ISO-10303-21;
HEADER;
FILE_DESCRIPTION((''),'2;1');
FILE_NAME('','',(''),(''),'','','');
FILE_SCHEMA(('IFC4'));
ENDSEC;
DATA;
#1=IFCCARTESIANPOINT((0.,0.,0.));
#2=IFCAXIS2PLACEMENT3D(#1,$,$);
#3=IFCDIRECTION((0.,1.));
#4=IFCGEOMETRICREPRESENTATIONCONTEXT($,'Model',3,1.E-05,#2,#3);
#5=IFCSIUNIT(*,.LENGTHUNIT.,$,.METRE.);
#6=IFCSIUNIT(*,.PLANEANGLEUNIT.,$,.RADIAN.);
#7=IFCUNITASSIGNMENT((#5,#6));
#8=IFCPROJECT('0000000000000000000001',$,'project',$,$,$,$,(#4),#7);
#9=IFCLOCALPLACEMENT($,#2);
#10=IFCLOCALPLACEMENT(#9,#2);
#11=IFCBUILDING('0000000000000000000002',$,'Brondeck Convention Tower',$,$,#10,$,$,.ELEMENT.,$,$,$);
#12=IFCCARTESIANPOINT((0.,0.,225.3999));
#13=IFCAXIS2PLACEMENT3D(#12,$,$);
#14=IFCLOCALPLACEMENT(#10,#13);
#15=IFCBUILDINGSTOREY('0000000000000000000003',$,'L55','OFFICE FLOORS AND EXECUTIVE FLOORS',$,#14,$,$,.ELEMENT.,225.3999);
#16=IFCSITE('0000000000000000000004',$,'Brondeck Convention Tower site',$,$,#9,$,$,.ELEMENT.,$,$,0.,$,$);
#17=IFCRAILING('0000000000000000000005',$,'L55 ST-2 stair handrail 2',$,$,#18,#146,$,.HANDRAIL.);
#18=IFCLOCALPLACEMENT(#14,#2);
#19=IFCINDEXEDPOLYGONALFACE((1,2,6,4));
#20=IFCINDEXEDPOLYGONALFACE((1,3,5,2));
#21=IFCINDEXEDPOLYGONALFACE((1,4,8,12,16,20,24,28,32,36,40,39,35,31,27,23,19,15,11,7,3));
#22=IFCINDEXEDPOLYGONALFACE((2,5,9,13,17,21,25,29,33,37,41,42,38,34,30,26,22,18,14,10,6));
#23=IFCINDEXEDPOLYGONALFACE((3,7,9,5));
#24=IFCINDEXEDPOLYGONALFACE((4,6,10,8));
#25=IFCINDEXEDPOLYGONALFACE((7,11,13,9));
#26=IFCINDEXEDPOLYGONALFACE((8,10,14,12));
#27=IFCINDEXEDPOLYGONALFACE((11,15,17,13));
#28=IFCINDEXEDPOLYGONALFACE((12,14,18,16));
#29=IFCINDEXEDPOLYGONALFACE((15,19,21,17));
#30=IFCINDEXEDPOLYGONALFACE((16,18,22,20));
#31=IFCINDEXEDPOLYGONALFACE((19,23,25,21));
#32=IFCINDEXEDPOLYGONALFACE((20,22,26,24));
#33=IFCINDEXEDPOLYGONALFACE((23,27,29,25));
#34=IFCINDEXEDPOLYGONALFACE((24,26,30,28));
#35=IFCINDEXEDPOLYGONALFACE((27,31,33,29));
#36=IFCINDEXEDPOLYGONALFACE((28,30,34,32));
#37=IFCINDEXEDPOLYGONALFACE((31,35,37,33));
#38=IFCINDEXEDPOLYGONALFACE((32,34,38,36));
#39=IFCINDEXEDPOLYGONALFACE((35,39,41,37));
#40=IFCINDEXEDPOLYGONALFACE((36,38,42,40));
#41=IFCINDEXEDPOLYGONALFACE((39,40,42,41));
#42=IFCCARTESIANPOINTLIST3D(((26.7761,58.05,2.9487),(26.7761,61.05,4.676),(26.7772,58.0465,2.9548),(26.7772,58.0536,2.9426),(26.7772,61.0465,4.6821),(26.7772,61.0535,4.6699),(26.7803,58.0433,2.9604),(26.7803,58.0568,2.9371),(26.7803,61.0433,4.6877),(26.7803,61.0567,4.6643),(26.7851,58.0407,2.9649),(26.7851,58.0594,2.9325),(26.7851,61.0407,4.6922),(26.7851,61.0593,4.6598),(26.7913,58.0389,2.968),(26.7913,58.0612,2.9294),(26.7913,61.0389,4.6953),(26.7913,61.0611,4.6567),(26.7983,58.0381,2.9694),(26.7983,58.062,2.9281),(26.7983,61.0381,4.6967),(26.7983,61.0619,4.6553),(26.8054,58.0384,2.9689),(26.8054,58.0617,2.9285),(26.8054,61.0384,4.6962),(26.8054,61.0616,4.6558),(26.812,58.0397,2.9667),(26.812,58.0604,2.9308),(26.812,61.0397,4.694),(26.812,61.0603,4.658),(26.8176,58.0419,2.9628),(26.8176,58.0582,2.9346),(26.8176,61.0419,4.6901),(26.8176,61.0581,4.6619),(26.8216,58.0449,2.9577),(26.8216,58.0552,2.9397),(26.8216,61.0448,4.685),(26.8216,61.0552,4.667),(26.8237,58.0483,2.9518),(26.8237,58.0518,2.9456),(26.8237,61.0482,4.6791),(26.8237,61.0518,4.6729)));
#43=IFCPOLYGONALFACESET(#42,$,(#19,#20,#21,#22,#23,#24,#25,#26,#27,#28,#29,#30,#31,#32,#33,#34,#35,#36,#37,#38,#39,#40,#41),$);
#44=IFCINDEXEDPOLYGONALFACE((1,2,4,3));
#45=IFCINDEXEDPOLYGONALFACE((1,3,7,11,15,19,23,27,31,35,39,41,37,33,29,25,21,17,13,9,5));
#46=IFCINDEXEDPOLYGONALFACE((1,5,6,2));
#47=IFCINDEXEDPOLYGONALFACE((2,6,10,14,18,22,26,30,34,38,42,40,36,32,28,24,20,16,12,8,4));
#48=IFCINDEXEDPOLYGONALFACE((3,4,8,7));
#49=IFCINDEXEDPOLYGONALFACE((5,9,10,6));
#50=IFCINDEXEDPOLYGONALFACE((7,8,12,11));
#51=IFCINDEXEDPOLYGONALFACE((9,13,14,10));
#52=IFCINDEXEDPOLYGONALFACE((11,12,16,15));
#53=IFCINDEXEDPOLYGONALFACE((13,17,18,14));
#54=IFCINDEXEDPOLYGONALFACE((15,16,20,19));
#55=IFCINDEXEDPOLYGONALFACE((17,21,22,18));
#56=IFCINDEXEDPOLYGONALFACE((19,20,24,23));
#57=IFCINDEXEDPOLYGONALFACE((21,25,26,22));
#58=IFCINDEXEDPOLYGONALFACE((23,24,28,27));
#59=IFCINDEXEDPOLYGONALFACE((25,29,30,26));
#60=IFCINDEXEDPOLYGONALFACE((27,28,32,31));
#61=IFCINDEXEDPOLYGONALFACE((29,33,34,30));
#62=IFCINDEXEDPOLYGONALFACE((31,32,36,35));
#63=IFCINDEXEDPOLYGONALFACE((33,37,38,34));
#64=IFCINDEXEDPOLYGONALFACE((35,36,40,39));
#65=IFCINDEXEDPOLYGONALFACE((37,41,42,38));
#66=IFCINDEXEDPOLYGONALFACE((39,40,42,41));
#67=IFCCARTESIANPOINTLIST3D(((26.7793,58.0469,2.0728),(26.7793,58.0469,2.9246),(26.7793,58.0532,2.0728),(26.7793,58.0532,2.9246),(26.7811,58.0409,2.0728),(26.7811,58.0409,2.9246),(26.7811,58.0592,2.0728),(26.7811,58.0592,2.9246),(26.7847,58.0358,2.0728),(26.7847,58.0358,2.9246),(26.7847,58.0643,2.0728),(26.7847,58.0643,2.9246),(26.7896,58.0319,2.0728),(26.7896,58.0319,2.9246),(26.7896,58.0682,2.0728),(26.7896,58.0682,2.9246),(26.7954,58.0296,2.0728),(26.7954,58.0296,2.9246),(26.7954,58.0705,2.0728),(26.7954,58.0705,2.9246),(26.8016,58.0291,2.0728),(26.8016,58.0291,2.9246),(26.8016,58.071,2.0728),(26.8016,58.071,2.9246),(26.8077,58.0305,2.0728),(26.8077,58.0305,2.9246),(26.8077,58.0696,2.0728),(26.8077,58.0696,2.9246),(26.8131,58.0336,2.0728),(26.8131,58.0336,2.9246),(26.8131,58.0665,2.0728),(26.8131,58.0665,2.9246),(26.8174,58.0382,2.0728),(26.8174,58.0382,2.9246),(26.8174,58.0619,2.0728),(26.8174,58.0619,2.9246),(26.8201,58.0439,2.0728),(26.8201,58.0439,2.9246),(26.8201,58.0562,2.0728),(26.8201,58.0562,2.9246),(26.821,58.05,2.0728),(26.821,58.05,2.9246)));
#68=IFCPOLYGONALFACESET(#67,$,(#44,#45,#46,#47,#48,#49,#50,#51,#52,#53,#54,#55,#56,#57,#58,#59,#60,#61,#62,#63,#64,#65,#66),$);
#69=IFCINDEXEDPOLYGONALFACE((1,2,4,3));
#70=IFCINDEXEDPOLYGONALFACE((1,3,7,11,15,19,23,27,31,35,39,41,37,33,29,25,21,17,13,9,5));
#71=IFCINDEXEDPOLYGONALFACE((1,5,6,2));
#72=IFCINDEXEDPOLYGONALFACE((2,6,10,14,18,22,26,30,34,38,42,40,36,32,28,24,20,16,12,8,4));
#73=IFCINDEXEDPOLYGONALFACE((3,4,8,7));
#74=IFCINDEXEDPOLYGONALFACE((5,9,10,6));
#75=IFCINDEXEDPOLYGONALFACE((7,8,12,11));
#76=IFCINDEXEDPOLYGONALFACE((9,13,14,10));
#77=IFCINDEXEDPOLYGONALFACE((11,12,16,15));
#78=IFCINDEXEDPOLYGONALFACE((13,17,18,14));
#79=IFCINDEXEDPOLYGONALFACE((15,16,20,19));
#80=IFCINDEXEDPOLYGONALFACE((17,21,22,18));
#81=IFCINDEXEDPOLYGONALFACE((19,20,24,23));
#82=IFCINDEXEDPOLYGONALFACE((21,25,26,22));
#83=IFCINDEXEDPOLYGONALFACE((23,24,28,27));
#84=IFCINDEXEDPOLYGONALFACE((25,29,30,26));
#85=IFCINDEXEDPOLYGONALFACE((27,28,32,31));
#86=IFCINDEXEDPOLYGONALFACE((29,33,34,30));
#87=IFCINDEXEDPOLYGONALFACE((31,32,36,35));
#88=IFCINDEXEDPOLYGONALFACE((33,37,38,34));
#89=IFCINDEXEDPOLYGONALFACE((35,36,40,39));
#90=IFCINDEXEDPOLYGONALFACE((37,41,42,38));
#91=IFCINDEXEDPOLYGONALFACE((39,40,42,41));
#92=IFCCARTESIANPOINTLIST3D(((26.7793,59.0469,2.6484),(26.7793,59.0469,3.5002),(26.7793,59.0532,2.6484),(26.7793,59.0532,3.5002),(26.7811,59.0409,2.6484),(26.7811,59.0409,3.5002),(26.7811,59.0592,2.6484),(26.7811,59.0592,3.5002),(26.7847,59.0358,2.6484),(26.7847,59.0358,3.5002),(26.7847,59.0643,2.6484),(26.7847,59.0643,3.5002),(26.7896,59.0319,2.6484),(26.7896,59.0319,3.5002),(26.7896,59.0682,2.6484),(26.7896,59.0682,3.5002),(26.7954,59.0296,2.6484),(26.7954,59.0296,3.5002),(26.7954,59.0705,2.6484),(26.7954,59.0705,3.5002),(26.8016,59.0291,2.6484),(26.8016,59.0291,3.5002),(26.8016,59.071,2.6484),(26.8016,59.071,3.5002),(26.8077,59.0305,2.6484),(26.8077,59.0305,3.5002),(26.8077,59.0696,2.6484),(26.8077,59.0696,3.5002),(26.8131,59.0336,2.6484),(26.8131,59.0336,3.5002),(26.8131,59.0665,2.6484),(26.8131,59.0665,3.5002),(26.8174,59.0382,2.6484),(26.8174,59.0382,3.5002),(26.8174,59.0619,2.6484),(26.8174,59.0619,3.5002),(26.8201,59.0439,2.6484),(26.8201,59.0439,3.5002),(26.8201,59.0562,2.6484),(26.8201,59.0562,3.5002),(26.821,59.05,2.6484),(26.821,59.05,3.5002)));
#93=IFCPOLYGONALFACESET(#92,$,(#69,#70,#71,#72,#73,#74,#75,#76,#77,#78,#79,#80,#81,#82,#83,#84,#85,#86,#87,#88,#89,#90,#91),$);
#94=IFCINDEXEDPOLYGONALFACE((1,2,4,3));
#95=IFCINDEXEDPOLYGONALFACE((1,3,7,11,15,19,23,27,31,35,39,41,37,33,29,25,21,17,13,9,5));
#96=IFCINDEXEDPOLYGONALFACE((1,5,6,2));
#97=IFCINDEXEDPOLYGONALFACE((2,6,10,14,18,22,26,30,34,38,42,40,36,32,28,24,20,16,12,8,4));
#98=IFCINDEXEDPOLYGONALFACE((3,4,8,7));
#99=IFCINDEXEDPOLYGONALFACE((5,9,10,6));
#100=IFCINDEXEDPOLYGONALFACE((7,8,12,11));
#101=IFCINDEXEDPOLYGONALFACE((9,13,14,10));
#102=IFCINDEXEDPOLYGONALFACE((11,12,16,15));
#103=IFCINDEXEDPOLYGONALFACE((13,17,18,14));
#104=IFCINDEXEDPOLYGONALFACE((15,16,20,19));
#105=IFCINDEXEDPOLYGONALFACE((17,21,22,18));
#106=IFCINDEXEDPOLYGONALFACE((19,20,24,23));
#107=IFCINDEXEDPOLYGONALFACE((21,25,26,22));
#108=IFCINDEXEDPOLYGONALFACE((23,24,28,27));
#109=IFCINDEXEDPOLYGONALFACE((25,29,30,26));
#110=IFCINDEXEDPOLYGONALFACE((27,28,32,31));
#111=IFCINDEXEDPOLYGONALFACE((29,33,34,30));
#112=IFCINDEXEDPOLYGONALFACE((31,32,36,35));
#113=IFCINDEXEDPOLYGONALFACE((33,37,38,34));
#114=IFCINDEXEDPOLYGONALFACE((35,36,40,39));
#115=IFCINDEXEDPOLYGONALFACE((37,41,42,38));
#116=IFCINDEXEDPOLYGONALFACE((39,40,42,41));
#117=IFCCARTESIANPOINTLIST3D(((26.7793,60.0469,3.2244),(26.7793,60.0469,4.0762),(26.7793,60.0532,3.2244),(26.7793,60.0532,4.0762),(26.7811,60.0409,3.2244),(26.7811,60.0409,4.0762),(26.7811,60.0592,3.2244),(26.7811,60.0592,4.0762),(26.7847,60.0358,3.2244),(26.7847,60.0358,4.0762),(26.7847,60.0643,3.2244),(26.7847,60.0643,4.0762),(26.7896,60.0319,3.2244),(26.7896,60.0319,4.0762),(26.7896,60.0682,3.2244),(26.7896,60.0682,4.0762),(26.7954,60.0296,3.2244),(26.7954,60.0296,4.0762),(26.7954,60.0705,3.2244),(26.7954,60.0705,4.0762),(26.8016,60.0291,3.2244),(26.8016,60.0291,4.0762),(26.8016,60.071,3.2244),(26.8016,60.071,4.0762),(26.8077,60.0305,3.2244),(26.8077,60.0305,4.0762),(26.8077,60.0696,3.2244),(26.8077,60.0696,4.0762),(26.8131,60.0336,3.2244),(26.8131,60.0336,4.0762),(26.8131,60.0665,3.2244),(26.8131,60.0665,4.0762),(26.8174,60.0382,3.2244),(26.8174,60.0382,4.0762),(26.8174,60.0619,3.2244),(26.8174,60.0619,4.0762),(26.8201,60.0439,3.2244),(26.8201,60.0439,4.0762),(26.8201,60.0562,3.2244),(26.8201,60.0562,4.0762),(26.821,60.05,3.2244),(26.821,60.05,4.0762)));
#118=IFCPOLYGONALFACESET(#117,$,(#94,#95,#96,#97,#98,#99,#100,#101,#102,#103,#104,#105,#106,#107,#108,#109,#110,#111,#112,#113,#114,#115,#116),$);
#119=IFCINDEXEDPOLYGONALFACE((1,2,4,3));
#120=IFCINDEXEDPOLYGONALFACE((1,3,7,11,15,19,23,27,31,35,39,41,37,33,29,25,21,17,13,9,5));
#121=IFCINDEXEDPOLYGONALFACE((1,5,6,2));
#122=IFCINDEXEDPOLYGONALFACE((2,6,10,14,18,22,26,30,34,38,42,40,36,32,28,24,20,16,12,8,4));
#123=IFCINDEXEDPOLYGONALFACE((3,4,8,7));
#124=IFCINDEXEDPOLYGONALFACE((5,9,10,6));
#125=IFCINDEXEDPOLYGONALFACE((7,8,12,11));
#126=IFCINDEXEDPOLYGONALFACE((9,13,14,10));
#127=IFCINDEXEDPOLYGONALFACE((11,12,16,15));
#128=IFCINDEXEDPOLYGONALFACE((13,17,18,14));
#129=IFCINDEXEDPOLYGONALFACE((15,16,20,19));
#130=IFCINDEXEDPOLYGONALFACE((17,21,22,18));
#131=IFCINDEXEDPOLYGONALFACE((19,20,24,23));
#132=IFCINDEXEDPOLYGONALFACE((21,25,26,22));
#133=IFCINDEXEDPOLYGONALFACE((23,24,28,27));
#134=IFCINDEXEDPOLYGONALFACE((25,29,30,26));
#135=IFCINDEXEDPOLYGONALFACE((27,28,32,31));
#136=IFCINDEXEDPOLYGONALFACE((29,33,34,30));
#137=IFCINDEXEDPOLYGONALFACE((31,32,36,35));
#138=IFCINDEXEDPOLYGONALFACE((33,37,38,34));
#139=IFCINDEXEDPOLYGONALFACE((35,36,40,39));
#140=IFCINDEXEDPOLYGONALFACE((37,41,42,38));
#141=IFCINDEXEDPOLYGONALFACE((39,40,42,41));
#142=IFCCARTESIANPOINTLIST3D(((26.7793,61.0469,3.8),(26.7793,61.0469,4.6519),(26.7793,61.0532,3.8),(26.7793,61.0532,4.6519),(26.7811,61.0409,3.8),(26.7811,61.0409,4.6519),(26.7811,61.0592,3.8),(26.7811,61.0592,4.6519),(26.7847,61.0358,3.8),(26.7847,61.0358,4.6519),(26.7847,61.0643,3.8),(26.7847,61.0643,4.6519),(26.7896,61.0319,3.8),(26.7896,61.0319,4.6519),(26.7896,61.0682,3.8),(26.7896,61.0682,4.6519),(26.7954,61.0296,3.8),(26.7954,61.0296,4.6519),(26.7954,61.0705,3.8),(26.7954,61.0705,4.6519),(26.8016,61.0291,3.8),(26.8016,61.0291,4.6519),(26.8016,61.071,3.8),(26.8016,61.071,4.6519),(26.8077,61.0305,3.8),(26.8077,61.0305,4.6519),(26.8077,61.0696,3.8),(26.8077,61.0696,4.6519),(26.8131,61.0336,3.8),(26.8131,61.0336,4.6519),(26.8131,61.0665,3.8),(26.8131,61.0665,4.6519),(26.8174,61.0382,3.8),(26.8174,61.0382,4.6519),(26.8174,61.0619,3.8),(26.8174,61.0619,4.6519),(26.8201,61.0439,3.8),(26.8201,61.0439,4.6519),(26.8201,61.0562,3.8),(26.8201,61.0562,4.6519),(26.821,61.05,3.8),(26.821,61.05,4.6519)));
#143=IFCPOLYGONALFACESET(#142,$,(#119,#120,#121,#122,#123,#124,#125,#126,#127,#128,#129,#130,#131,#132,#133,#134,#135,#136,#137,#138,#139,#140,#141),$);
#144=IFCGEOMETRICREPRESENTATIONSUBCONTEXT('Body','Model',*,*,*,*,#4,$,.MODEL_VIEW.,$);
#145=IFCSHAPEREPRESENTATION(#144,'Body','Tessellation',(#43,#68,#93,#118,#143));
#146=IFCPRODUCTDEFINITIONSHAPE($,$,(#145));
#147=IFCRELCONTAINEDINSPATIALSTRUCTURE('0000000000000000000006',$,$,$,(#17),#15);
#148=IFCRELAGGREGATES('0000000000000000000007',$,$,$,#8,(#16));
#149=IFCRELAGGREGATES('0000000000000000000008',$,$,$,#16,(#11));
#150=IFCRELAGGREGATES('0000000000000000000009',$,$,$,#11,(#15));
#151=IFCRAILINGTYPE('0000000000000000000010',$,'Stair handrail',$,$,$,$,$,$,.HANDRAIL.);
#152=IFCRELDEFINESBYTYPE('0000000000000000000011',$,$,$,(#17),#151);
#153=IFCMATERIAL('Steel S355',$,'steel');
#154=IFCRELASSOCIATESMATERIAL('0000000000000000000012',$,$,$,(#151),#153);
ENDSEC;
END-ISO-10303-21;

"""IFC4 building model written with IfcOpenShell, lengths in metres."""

from ifc_helpers import new_model, si_unit, direction, frame, origin, origin_2d, place, context, subcontext, project, spatial, circle, extrude, material, type_object, element, save


model = new_model("IFC4")

# Units and contexts
model_context = context("Model", 3, precision=1e-05, world=origin(), true_north=direction((0.0, 1.0)))
body_context = subcontext(model_context, "Body", "Model", "MODEL_VIEW")
ifc_project = project(units=[si_unit("LENGTHUNIT", "METRE"), si_unit("PLANEANGLEUNIT", "RADIAN")], contexts=[model_context])

# Site, building, storey
site_placement = place(None, origin())
site = spatial("IfcSite", under=ifc_project, at=site_placement, Name="Brondeck Convention Tower site", CompositionType="ELEMENT", RefElevation=0.0)
building_placement = place(site_placement, origin())
building = spatial("IfcBuilding", under=site, at=building_placement, Name="Brondeck Convention Tower", CompositionType="ELEMENT")
storey_placement = place(building_placement, frame((0.0, 0.0, 225.3999)))
storey = spatial("IfcBuildingStorey", under=building, at=storey_placement, Name="L55", Description="OFFICE FLOORS AND EXECUTIVE FLOORS", CompositionType="ELEMENT", Elevation=225.3999)

# Railing
ifc_material_1 = material(Name="Steel S355", Category="steel")
railing_type_1 = type_object("IfcRailingType", Name="Stair handrail", PredefinedType="HANDRAIL", material=ifc_material_1)
railing_1_placement = place(storey_placement, frame((26.8, 58.05, 2.0728)))
element("IfcRailing", 1, at=railing_1_placement, inside=storey, type_object=railing_type_1, Name="L55 ST-2 stair handrail 2", PredefinedType="HANDRAIL", context=body_context, shape_type="SweptSolid", body=[
    extrude(circle(Radius=0.0239, at=origin_2d()), frame((0.0, 0.0, 0.876), z_axis=(0.0, 0.86662, 0.498969), x_axis=(-1.0, 0.0, 0.0)), (0.0, 0.0, 1.0), 3.4617),
    extrude(circle(Radius=0.021, at=origin_2d()), origin(), (0.0, 0.0, 1.0), 0.8518),
    extrude(circle(Radius=0.021, at=origin_2d()), frame((0.0, 1.0, 0.5757)), (0.0, 0.0, 1.0), 0.8518),
    extrude(circle(Radius=0.021, at=origin_2d()), frame((0.0, 2.0, 1.1516)), (0.0, 0.0, 1.0), 0.8518),
    extrude(circle(Radius=0.021, at=origin_2d()), frame((0.0, 3.0, 1.7273)), (0.0, 0.0, 1.0), 0.8518),
])

save(model, "model.ifc")
